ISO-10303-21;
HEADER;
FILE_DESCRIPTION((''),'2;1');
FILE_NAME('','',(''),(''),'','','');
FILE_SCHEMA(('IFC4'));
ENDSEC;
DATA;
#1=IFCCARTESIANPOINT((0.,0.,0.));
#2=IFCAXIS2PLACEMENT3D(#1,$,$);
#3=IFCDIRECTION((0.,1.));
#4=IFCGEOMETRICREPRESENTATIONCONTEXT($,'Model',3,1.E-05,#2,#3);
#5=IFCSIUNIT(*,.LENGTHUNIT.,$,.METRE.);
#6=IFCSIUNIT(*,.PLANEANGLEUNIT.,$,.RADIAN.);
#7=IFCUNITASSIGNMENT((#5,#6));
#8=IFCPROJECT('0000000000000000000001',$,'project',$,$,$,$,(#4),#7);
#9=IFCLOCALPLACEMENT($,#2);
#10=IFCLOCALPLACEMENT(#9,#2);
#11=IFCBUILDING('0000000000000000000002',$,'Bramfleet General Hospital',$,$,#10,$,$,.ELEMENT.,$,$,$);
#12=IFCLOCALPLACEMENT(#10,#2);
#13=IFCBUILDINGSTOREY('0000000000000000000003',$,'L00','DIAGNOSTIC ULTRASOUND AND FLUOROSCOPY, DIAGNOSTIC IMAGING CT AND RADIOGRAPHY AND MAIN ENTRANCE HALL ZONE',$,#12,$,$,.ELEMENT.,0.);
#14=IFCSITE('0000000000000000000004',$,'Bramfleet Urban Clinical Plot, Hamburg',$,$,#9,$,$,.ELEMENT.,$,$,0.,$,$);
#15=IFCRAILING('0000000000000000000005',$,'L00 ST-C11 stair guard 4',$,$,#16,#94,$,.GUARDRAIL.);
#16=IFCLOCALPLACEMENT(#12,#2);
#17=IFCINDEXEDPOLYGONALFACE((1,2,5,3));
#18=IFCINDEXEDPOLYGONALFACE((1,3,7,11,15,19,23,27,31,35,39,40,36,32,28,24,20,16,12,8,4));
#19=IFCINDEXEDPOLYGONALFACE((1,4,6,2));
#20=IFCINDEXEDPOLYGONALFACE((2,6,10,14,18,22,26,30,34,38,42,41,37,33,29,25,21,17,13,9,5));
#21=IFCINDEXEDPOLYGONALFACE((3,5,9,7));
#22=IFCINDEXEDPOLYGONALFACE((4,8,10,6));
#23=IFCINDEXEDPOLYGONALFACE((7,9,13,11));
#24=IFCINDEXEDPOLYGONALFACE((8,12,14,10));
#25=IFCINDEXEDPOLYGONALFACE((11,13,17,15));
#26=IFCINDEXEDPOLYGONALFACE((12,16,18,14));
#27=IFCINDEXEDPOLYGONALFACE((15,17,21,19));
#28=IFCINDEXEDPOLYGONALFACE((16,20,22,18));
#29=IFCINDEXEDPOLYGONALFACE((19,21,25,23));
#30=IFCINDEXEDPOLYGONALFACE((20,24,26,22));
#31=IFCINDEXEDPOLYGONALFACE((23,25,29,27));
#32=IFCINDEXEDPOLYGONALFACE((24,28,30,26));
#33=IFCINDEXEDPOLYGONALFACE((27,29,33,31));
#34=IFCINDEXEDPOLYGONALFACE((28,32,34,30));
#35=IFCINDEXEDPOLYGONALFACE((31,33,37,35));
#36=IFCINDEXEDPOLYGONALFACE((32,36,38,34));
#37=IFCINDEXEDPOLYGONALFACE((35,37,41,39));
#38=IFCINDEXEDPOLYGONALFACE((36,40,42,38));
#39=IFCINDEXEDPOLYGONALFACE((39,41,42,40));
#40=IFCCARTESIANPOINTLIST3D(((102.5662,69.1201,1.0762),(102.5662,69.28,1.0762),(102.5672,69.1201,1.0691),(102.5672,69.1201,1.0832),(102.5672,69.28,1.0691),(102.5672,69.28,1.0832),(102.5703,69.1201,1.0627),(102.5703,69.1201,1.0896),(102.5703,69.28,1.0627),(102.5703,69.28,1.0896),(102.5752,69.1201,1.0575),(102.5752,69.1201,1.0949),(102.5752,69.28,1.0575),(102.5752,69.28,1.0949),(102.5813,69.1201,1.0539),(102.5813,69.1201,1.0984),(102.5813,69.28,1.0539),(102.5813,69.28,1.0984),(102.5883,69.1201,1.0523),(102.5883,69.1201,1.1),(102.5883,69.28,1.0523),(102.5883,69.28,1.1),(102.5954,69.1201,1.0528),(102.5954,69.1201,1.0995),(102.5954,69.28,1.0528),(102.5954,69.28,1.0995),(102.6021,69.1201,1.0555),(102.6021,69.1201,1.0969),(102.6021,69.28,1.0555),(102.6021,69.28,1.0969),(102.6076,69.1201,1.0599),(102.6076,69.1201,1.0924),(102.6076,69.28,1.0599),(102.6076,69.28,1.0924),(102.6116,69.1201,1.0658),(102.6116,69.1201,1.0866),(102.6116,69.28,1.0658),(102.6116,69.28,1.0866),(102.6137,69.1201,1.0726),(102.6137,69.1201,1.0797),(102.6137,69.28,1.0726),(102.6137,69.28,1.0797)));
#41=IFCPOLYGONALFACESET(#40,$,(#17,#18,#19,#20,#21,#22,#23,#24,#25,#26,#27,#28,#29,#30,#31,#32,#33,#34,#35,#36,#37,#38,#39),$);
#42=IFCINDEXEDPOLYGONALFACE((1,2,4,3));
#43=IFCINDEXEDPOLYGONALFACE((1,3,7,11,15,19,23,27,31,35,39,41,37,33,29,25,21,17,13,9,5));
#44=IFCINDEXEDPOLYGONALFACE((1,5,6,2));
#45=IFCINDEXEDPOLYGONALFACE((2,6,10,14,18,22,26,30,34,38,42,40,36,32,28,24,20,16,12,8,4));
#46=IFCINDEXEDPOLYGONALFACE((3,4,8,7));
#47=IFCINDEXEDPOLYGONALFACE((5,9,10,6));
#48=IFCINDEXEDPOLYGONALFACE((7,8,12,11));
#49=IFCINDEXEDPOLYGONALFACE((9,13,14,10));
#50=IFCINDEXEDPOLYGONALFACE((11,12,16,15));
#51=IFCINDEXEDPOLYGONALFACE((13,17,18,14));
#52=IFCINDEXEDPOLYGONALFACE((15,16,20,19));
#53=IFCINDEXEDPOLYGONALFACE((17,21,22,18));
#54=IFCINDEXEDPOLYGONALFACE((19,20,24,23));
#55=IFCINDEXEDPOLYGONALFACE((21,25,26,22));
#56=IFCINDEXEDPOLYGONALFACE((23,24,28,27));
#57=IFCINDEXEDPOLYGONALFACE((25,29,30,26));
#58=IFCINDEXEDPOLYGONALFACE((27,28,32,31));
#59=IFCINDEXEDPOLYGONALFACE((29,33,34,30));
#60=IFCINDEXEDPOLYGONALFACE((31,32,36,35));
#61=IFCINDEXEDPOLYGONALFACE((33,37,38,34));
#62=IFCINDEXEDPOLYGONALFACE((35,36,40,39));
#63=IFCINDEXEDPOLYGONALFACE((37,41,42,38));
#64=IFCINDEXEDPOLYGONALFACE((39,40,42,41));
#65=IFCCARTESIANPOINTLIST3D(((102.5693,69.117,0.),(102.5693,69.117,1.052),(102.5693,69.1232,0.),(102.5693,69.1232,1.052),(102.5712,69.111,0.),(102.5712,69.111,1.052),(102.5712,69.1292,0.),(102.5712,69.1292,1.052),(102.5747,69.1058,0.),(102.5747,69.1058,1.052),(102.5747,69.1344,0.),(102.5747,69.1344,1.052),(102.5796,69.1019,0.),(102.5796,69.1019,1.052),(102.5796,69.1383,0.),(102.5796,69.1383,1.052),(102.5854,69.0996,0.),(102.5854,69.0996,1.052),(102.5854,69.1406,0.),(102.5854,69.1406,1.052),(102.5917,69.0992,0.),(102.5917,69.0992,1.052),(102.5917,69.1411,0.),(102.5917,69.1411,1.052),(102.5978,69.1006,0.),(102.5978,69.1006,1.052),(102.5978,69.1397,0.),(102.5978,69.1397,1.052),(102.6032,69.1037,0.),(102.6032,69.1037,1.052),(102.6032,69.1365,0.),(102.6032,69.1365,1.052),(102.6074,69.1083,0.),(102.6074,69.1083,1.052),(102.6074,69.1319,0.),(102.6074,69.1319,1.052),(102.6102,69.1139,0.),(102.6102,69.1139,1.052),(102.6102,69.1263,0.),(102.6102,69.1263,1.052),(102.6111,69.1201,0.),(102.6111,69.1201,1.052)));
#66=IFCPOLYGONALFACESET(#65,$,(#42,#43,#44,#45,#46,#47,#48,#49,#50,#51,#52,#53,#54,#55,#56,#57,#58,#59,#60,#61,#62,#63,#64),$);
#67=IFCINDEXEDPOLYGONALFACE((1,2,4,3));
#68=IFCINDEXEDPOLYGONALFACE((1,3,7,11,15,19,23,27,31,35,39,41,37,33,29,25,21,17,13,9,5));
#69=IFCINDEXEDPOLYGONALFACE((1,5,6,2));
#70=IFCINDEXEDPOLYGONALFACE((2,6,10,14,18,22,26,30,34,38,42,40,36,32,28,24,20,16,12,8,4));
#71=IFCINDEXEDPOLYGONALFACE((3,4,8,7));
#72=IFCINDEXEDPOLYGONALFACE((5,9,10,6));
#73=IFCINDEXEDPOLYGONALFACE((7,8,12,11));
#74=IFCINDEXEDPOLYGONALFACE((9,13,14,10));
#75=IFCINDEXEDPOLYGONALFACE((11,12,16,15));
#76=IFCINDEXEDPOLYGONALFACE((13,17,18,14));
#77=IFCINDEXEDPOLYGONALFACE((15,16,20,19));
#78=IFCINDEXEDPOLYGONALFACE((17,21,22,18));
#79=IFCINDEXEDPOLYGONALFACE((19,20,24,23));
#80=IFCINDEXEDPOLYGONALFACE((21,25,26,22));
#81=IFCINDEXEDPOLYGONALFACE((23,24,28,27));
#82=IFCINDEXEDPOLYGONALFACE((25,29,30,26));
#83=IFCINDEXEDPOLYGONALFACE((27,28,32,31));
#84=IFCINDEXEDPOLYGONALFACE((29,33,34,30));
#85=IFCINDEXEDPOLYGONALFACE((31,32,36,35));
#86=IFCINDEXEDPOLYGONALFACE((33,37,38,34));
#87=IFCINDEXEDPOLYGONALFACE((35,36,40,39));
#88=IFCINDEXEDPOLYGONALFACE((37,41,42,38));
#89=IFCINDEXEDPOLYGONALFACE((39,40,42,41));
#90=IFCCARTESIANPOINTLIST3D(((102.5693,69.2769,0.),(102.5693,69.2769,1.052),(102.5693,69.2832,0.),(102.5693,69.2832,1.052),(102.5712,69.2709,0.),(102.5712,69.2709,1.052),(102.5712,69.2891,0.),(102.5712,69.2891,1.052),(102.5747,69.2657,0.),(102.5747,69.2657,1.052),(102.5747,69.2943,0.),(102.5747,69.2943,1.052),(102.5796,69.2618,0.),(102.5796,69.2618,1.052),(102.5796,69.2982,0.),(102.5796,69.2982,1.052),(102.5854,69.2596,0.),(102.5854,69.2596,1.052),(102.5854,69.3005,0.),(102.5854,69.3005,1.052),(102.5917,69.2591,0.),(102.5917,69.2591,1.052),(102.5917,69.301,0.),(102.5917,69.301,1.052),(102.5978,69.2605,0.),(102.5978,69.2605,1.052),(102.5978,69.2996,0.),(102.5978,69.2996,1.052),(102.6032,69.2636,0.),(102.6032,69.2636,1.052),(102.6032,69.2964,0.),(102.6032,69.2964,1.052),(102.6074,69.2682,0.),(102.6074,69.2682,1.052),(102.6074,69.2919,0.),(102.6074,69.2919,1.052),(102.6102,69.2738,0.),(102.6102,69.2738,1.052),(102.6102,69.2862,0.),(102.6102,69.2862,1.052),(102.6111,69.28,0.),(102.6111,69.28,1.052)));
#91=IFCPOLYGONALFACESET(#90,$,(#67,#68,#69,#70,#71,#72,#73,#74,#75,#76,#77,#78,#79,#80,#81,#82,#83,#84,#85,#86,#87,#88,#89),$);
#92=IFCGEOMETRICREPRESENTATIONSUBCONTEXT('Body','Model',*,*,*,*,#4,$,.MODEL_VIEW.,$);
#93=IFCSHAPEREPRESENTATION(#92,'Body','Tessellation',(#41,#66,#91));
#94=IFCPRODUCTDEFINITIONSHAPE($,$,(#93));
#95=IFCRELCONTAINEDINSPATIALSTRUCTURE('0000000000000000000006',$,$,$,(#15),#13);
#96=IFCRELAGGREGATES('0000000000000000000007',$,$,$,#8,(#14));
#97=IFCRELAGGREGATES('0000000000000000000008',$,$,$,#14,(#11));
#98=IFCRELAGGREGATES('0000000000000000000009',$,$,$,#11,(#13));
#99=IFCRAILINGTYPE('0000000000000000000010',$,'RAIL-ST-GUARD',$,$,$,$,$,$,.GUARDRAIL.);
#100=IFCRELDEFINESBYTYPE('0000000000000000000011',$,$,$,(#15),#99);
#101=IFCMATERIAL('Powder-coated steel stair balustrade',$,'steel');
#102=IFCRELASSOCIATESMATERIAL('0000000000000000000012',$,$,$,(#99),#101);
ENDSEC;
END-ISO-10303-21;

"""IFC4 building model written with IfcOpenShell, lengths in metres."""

from ifc_helpers import new_model, si_unit, direction, frame, origin, origin_2d, place, context, subcontext, project, spatial, circle, extrude, material, type_object, element, save


model = new_model("IFC4")

# Units and contexts
model_context = context("Model", 3, precision=1e-05, world=origin(), true_north=direction((0.0, 1.0)))
body_context = subcontext(model_context, "Body", "Model", "MODEL_VIEW")
ifc_project = project(units=[si_unit("LENGTHUNIT", "METRE"), si_unit("PLANEANGLEUNIT", "RADIAN")], contexts=[model_context])

# Site, building, storey
site_placement = place(None, origin())
site = spatial("IfcSite", under=ifc_project, at=site_placement, Name="Bramfleet Urban Clinical Plot, Hamburg", CompositionType="ELEMENT", RefElevation=0.0)
building_placement = place(site_placement, origin())
building = spatial("IfcBuilding", under=site, at=building_placement, Name="Bramfleet General Hospital", CompositionType="ELEMENT")
storey_placement = place(building_placement, origin())
storey = spatial("IfcBuildingStorey", under=building, at=storey_placement, Name="L00", Description="DIAGNOSTIC ULTRASOUND AND FLUOROSCOPY, DIAGNOSTIC IMAGING CT AND RADIOGRAPHY AND MAIN ENTRANCE HALL ZONE", CompositionType="ELEMENT", Elevation=0.0)

# Railing
ifc_material_1 = material(Name="Powder-coated steel stair balustrade", Category="steel")
railing_type_1 = type_object("IfcRailingType", Name="RAIL-ST-GUARD", PredefinedType="GUARDRAIL", material=ifc_material_1)
railing_1_placement = place(storey_placement, frame((102.5901, 69.1201, 0.0)))
element("IfcRailing", 1, at=railing_1_placement, inside=storey, type_object=railing_type_1, Name="L00 ST-C11 stair guard 4", PredefinedType="GUARDRAIL", context=body_context, shape_type="SweptSolid", body=[
    extrude(circle(Radius=0.0239, at=origin_2d()), frame((0.0, 0.0, 1.0762), z_axis=(0.0, 1.0, 0.0), x_axis=(-1.0, 0.0, 0.0)), (0.0, 0.0, 1.0), 0.1599),
    extrude(circle(Radius=0.021, at=origin_2d()), origin(), (0.0, 0.0, 1.0), 1.052),
    extrude(circle(Radius=0.021, at=origin_2d()), frame((0.0, 0.1599, 0.0)), (0.0, 0.0, 1.0), 1.052),
])

save(model, "model.ifc")
